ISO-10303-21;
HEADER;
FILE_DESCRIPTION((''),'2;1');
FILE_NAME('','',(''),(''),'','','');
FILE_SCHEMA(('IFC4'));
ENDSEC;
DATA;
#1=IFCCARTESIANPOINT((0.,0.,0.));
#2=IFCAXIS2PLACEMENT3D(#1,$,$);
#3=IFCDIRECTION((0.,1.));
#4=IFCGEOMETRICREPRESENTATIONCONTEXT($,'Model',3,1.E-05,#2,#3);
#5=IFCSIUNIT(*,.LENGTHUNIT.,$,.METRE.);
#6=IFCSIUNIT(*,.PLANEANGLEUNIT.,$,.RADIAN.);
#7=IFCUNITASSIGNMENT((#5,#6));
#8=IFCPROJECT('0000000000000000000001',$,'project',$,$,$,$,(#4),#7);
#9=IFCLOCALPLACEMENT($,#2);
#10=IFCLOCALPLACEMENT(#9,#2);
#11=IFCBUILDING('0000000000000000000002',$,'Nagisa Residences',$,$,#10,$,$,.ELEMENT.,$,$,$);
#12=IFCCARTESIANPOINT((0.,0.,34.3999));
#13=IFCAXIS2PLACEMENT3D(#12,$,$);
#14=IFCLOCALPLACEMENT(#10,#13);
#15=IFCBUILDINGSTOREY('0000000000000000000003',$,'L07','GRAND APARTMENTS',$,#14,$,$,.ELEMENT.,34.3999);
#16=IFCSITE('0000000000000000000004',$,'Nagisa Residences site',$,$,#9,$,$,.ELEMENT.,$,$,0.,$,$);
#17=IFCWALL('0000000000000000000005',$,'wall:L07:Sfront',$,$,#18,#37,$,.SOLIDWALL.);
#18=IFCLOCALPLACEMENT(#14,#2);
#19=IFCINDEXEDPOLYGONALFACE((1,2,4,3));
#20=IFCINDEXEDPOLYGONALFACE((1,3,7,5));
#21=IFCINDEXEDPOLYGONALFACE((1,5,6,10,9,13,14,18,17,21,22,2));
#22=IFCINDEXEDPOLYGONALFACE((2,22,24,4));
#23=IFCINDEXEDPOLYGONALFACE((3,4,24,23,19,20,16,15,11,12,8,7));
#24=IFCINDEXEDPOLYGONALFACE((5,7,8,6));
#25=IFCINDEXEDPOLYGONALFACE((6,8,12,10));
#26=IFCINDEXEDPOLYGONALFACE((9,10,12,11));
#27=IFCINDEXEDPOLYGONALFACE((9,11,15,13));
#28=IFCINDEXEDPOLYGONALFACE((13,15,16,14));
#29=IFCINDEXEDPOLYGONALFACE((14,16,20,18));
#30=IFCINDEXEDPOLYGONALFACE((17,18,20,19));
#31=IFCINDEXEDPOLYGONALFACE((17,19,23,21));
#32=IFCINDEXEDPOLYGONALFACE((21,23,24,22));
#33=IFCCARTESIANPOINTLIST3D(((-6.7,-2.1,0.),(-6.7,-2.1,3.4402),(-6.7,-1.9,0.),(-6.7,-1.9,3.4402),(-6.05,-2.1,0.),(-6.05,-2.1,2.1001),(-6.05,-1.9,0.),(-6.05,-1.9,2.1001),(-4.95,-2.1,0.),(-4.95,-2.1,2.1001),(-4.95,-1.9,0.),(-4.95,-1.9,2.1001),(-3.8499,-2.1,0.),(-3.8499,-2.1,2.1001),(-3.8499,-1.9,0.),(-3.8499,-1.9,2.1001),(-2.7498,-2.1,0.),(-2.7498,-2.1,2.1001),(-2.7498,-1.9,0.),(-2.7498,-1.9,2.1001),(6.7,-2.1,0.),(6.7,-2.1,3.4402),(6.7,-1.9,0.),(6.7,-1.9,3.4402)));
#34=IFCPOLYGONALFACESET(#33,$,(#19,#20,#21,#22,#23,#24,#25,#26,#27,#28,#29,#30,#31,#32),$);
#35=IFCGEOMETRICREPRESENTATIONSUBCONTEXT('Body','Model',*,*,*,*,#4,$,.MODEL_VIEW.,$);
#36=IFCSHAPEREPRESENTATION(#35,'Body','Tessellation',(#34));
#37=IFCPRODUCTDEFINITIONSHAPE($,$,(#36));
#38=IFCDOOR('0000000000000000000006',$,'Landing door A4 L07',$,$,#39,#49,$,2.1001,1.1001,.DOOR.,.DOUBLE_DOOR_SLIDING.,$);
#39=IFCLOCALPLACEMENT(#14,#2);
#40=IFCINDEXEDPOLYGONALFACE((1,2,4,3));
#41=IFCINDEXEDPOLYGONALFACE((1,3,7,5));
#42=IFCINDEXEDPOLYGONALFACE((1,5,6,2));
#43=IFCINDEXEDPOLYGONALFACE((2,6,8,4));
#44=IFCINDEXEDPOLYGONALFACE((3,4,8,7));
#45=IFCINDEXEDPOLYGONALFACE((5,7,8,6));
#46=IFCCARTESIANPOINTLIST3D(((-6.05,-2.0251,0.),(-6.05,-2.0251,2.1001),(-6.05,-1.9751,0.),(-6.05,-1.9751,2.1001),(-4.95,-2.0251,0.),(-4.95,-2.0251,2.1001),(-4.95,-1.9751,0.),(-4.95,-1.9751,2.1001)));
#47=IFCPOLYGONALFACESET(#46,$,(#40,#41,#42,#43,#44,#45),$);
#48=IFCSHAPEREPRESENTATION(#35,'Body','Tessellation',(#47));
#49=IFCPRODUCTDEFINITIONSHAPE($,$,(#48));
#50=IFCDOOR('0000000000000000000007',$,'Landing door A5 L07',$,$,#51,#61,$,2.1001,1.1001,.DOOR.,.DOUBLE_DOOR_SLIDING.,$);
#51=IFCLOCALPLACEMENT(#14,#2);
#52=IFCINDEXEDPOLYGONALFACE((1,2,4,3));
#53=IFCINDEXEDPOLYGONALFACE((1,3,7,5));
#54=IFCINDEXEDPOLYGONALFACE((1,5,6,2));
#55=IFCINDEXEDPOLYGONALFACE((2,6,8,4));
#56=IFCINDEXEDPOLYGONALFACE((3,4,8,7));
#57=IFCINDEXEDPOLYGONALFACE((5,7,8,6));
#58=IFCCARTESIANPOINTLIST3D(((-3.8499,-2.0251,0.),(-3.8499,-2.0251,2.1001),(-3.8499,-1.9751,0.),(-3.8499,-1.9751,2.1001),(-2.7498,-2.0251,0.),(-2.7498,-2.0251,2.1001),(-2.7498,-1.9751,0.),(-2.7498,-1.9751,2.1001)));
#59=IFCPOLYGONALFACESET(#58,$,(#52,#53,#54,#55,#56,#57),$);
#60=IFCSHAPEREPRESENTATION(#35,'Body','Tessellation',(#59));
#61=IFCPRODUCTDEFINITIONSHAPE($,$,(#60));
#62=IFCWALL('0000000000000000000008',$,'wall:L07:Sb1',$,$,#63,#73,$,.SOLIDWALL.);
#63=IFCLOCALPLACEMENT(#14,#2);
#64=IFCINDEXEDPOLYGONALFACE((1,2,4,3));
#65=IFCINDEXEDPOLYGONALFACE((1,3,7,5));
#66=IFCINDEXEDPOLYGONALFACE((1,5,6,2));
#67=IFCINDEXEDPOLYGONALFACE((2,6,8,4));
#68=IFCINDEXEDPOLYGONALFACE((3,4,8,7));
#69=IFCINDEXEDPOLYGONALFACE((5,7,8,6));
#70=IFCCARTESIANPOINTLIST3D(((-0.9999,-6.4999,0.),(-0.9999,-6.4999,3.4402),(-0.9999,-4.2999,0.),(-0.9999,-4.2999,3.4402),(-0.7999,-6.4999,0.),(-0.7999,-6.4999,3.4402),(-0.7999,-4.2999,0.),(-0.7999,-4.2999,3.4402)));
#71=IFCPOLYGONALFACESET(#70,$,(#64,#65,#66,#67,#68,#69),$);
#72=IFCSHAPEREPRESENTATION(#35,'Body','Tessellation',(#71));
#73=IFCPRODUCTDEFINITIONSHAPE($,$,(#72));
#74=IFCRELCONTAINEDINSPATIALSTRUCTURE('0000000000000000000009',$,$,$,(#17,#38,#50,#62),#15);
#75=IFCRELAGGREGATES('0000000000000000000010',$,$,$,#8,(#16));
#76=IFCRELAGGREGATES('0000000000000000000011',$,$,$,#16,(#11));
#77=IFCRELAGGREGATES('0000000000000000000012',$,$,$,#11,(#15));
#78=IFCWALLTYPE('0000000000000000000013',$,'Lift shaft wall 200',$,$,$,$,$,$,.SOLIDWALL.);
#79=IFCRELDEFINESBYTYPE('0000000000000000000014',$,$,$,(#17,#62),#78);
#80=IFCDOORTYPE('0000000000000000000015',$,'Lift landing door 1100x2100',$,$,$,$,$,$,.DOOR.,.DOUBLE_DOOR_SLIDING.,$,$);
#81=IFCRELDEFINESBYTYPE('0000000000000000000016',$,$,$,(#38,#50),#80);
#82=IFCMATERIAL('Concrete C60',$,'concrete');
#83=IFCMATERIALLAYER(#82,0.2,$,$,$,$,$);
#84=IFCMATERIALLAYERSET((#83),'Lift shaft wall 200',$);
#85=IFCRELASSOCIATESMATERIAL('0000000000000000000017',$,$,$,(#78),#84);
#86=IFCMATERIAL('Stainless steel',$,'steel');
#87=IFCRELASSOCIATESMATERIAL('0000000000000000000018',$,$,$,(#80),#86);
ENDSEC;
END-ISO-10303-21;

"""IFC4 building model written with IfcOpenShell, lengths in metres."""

from ifc_helpers import new_model, si_unit, direction, frame, frame_2d, origin, place, context, subcontext, project, spatial, rectangle, extrude, material, layer, layer_set, type_object, element, fill, save


model = new_model("IFC4")

# Units and contexts
model_context = context("Model", 3, precision=1e-05, world=origin(), true_north=direction((0.0, 1.0)))
body_context = subcontext(model_context, "Body", "Model", "MODEL_VIEW")
ifc_project = project(units=[si_unit("LENGTHUNIT", "METRE"), si_unit("PLANEANGLEUNIT", "RADIAN")], contexts=[model_context])

# Site, building, storey
site_placement = place(None, origin())
site = spatial("IfcSite", under=ifc_project, at=site_placement, Name="Nagisa Residences site", CompositionType="ELEMENT", RefElevation=0.0)
building_placement = place(site_placement, origin())
building = spatial("IfcBuilding", under=site, at=building_placement, Name="Nagisa Residences", CompositionType="ELEMENT")
storey_placement = place(building_placement, frame((0.0, 0.0, 34.3999)))
storey = spatial("IfcBuildingStorey", under=building, at=storey_placement, Name="L07", Description="GRAND APARTMENTS", CompositionType="ELEMENT", Elevation=34.3999)

# Shared definitions
ifc_material_1 = material(Name="Concrete C60", Category="concrete")
ifc_layer_1 = layer(ifc_material_1, 0.2)
ifc_layer_set_1 = layer_set([ifc_layer_1], Name="Lift shaft wall 200")
wall_type_1 = type_object("IfcWallType", Name="Lift shaft wall 200", PredefinedType="SOLIDWALL", material=ifc_layer_set_1)

# Wall, openings, doors
wall_1_placement = place(storey_placement, frame((-6.7, -2.0, 0.0), z_axis=(0.0, 0.0, 1.0), x_axis=(1.0, 0.0, 0.0)))
wall_1 = element("IfcWall", 1, at=wall_1_placement, inside=storey, type_object=wall_type_1, Name="wall:L07:Sfront", PredefinedType="SOLIDWALL", context=body_context, shape_type="SweptSolid", body=[
    extrude(rectangle(XDim=13.3999, YDim=0.2, at=frame_2d((6.7, 0.0))), origin(), (0.0, 0.0, 1.0), 3.4402),
])
opening_1_placement = place(wall_1_placement, frame((0.6499, 0.0, 0.0)))
opening_1 = element("IfcOpeningElement", 2, at=opening_1_placement, cuts=wall_1, PredefinedType="OPENING", context=body_context, shape_type="SweptSolid", body=[
    extrude(rectangle(XDim=1.1001, YDim=2.1001, at=frame_2d((0.55, 1.05))), frame((0.0, 0.1099, 0.0), z_axis=(0.0, -1.0, 0.0), x_axis=(1.0, 0.0, 0.0)), (0.0, 0.0, 1.0), 0.22),
])
opening_2_placement = place(wall_1_placement, frame((2.8501, 0.0, 0.0)))
opening_2 = element("IfcOpeningElement", 3, at=opening_2_placement, cuts=wall_1, PredefinedType="OPENING", context=body_context, shape_type="SweptSolid", body=[
    extrude(rectangle(XDim=1.1001, YDim=2.1001, at=frame_2d((0.55, 1.05))), frame((0.0, 0.1099, 0.0), z_axis=(0.0, -1.0, 0.0), x_axis=(1.0, 0.0, 0.0)), (0.0, 0.0, 1.0), 0.22),
])
ifc_material_2 = material(Name="Stainless steel", Category="steel")
door_type_1 = type_object("IfcDoorType", Name="Lift landing door 1100x2100", OperationType="DOUBLE_DOOR_SLIDING", PredefinedType="DOOR", material=ifc_material_2)
door_1_placement = place(opening_1_placement, origin())
door_1 = element("IfcDoor", 4, at=door_1_placement, inside=storey, type_object=door_type_1, Name="Landing door A4 L07", OperationType="DOUBLE_DOOR_SLIDING", OverallHeight=2.1001, OverallWidth=1.1001, PredefinedType="DOOR", context=body_context, shape_type="SweptSolid", body=[
    extrude(rectangle(XDim=1.1001, YDim=2.1001, at=frame_2d((0.55, 1.05))), frame((0.0, 0.0249, 0.0), z_axis=(0.0, -1.0, 0.0), x_axis=(1.0, 0.0, 0.0)), (0.0, 0.0, 1.0), 0.05),
])
fill(opening_1, door_1)
door_2_placement = place(opening_2_placement, origin())
door_2 = element("IfcDoor", 5, at=door_2_placement, inside=storey, type_object=door_type_1, Name="Landing door A5 L07", OperationType="DOUBLE_DOOR_SLIDING", OverallHeight=2.1001, OverallWidth=1.1001, PredefinedType="DOOR", context=body_context, shape_type="SweptSolid", body=[
    extrude(rectangle(XDim=1.1001, YDim=2.1001, at=frame_2d((0.55, 1.05))), frame((0.0, 0.0249, 0.0), z_axis=(0.0, -1.0, 0.0), x_axis=(1.0, 0.0, 0.0)), (0.0, 0.0, 1.0), 0.05),
])
fill(opening_2, door_2)

# Wall
wall_2_placement = place(storey_placement, frame((-0.8999, -6.5, 0.0), z_axis=(0.0, 0.0, 1.0), x_axis=(0.0, 1.0, 0.0)))
element("IfcWall", 6, at=wall_2_placement, inside=storey, type_object=wall_type_1, Name="wall:L07:Sb1", PredefinedType="SOLIDWALL", context=body_context, shape_type="SweptSolid", body=[
    extrude(rectangle(XDim=2.2, YDim=0.2, at=frame_2d((1.1001, 0.0))), origin(), (0.0, 0.0, 1.0), 3.4402),
])

save(model, "model.ifc")
